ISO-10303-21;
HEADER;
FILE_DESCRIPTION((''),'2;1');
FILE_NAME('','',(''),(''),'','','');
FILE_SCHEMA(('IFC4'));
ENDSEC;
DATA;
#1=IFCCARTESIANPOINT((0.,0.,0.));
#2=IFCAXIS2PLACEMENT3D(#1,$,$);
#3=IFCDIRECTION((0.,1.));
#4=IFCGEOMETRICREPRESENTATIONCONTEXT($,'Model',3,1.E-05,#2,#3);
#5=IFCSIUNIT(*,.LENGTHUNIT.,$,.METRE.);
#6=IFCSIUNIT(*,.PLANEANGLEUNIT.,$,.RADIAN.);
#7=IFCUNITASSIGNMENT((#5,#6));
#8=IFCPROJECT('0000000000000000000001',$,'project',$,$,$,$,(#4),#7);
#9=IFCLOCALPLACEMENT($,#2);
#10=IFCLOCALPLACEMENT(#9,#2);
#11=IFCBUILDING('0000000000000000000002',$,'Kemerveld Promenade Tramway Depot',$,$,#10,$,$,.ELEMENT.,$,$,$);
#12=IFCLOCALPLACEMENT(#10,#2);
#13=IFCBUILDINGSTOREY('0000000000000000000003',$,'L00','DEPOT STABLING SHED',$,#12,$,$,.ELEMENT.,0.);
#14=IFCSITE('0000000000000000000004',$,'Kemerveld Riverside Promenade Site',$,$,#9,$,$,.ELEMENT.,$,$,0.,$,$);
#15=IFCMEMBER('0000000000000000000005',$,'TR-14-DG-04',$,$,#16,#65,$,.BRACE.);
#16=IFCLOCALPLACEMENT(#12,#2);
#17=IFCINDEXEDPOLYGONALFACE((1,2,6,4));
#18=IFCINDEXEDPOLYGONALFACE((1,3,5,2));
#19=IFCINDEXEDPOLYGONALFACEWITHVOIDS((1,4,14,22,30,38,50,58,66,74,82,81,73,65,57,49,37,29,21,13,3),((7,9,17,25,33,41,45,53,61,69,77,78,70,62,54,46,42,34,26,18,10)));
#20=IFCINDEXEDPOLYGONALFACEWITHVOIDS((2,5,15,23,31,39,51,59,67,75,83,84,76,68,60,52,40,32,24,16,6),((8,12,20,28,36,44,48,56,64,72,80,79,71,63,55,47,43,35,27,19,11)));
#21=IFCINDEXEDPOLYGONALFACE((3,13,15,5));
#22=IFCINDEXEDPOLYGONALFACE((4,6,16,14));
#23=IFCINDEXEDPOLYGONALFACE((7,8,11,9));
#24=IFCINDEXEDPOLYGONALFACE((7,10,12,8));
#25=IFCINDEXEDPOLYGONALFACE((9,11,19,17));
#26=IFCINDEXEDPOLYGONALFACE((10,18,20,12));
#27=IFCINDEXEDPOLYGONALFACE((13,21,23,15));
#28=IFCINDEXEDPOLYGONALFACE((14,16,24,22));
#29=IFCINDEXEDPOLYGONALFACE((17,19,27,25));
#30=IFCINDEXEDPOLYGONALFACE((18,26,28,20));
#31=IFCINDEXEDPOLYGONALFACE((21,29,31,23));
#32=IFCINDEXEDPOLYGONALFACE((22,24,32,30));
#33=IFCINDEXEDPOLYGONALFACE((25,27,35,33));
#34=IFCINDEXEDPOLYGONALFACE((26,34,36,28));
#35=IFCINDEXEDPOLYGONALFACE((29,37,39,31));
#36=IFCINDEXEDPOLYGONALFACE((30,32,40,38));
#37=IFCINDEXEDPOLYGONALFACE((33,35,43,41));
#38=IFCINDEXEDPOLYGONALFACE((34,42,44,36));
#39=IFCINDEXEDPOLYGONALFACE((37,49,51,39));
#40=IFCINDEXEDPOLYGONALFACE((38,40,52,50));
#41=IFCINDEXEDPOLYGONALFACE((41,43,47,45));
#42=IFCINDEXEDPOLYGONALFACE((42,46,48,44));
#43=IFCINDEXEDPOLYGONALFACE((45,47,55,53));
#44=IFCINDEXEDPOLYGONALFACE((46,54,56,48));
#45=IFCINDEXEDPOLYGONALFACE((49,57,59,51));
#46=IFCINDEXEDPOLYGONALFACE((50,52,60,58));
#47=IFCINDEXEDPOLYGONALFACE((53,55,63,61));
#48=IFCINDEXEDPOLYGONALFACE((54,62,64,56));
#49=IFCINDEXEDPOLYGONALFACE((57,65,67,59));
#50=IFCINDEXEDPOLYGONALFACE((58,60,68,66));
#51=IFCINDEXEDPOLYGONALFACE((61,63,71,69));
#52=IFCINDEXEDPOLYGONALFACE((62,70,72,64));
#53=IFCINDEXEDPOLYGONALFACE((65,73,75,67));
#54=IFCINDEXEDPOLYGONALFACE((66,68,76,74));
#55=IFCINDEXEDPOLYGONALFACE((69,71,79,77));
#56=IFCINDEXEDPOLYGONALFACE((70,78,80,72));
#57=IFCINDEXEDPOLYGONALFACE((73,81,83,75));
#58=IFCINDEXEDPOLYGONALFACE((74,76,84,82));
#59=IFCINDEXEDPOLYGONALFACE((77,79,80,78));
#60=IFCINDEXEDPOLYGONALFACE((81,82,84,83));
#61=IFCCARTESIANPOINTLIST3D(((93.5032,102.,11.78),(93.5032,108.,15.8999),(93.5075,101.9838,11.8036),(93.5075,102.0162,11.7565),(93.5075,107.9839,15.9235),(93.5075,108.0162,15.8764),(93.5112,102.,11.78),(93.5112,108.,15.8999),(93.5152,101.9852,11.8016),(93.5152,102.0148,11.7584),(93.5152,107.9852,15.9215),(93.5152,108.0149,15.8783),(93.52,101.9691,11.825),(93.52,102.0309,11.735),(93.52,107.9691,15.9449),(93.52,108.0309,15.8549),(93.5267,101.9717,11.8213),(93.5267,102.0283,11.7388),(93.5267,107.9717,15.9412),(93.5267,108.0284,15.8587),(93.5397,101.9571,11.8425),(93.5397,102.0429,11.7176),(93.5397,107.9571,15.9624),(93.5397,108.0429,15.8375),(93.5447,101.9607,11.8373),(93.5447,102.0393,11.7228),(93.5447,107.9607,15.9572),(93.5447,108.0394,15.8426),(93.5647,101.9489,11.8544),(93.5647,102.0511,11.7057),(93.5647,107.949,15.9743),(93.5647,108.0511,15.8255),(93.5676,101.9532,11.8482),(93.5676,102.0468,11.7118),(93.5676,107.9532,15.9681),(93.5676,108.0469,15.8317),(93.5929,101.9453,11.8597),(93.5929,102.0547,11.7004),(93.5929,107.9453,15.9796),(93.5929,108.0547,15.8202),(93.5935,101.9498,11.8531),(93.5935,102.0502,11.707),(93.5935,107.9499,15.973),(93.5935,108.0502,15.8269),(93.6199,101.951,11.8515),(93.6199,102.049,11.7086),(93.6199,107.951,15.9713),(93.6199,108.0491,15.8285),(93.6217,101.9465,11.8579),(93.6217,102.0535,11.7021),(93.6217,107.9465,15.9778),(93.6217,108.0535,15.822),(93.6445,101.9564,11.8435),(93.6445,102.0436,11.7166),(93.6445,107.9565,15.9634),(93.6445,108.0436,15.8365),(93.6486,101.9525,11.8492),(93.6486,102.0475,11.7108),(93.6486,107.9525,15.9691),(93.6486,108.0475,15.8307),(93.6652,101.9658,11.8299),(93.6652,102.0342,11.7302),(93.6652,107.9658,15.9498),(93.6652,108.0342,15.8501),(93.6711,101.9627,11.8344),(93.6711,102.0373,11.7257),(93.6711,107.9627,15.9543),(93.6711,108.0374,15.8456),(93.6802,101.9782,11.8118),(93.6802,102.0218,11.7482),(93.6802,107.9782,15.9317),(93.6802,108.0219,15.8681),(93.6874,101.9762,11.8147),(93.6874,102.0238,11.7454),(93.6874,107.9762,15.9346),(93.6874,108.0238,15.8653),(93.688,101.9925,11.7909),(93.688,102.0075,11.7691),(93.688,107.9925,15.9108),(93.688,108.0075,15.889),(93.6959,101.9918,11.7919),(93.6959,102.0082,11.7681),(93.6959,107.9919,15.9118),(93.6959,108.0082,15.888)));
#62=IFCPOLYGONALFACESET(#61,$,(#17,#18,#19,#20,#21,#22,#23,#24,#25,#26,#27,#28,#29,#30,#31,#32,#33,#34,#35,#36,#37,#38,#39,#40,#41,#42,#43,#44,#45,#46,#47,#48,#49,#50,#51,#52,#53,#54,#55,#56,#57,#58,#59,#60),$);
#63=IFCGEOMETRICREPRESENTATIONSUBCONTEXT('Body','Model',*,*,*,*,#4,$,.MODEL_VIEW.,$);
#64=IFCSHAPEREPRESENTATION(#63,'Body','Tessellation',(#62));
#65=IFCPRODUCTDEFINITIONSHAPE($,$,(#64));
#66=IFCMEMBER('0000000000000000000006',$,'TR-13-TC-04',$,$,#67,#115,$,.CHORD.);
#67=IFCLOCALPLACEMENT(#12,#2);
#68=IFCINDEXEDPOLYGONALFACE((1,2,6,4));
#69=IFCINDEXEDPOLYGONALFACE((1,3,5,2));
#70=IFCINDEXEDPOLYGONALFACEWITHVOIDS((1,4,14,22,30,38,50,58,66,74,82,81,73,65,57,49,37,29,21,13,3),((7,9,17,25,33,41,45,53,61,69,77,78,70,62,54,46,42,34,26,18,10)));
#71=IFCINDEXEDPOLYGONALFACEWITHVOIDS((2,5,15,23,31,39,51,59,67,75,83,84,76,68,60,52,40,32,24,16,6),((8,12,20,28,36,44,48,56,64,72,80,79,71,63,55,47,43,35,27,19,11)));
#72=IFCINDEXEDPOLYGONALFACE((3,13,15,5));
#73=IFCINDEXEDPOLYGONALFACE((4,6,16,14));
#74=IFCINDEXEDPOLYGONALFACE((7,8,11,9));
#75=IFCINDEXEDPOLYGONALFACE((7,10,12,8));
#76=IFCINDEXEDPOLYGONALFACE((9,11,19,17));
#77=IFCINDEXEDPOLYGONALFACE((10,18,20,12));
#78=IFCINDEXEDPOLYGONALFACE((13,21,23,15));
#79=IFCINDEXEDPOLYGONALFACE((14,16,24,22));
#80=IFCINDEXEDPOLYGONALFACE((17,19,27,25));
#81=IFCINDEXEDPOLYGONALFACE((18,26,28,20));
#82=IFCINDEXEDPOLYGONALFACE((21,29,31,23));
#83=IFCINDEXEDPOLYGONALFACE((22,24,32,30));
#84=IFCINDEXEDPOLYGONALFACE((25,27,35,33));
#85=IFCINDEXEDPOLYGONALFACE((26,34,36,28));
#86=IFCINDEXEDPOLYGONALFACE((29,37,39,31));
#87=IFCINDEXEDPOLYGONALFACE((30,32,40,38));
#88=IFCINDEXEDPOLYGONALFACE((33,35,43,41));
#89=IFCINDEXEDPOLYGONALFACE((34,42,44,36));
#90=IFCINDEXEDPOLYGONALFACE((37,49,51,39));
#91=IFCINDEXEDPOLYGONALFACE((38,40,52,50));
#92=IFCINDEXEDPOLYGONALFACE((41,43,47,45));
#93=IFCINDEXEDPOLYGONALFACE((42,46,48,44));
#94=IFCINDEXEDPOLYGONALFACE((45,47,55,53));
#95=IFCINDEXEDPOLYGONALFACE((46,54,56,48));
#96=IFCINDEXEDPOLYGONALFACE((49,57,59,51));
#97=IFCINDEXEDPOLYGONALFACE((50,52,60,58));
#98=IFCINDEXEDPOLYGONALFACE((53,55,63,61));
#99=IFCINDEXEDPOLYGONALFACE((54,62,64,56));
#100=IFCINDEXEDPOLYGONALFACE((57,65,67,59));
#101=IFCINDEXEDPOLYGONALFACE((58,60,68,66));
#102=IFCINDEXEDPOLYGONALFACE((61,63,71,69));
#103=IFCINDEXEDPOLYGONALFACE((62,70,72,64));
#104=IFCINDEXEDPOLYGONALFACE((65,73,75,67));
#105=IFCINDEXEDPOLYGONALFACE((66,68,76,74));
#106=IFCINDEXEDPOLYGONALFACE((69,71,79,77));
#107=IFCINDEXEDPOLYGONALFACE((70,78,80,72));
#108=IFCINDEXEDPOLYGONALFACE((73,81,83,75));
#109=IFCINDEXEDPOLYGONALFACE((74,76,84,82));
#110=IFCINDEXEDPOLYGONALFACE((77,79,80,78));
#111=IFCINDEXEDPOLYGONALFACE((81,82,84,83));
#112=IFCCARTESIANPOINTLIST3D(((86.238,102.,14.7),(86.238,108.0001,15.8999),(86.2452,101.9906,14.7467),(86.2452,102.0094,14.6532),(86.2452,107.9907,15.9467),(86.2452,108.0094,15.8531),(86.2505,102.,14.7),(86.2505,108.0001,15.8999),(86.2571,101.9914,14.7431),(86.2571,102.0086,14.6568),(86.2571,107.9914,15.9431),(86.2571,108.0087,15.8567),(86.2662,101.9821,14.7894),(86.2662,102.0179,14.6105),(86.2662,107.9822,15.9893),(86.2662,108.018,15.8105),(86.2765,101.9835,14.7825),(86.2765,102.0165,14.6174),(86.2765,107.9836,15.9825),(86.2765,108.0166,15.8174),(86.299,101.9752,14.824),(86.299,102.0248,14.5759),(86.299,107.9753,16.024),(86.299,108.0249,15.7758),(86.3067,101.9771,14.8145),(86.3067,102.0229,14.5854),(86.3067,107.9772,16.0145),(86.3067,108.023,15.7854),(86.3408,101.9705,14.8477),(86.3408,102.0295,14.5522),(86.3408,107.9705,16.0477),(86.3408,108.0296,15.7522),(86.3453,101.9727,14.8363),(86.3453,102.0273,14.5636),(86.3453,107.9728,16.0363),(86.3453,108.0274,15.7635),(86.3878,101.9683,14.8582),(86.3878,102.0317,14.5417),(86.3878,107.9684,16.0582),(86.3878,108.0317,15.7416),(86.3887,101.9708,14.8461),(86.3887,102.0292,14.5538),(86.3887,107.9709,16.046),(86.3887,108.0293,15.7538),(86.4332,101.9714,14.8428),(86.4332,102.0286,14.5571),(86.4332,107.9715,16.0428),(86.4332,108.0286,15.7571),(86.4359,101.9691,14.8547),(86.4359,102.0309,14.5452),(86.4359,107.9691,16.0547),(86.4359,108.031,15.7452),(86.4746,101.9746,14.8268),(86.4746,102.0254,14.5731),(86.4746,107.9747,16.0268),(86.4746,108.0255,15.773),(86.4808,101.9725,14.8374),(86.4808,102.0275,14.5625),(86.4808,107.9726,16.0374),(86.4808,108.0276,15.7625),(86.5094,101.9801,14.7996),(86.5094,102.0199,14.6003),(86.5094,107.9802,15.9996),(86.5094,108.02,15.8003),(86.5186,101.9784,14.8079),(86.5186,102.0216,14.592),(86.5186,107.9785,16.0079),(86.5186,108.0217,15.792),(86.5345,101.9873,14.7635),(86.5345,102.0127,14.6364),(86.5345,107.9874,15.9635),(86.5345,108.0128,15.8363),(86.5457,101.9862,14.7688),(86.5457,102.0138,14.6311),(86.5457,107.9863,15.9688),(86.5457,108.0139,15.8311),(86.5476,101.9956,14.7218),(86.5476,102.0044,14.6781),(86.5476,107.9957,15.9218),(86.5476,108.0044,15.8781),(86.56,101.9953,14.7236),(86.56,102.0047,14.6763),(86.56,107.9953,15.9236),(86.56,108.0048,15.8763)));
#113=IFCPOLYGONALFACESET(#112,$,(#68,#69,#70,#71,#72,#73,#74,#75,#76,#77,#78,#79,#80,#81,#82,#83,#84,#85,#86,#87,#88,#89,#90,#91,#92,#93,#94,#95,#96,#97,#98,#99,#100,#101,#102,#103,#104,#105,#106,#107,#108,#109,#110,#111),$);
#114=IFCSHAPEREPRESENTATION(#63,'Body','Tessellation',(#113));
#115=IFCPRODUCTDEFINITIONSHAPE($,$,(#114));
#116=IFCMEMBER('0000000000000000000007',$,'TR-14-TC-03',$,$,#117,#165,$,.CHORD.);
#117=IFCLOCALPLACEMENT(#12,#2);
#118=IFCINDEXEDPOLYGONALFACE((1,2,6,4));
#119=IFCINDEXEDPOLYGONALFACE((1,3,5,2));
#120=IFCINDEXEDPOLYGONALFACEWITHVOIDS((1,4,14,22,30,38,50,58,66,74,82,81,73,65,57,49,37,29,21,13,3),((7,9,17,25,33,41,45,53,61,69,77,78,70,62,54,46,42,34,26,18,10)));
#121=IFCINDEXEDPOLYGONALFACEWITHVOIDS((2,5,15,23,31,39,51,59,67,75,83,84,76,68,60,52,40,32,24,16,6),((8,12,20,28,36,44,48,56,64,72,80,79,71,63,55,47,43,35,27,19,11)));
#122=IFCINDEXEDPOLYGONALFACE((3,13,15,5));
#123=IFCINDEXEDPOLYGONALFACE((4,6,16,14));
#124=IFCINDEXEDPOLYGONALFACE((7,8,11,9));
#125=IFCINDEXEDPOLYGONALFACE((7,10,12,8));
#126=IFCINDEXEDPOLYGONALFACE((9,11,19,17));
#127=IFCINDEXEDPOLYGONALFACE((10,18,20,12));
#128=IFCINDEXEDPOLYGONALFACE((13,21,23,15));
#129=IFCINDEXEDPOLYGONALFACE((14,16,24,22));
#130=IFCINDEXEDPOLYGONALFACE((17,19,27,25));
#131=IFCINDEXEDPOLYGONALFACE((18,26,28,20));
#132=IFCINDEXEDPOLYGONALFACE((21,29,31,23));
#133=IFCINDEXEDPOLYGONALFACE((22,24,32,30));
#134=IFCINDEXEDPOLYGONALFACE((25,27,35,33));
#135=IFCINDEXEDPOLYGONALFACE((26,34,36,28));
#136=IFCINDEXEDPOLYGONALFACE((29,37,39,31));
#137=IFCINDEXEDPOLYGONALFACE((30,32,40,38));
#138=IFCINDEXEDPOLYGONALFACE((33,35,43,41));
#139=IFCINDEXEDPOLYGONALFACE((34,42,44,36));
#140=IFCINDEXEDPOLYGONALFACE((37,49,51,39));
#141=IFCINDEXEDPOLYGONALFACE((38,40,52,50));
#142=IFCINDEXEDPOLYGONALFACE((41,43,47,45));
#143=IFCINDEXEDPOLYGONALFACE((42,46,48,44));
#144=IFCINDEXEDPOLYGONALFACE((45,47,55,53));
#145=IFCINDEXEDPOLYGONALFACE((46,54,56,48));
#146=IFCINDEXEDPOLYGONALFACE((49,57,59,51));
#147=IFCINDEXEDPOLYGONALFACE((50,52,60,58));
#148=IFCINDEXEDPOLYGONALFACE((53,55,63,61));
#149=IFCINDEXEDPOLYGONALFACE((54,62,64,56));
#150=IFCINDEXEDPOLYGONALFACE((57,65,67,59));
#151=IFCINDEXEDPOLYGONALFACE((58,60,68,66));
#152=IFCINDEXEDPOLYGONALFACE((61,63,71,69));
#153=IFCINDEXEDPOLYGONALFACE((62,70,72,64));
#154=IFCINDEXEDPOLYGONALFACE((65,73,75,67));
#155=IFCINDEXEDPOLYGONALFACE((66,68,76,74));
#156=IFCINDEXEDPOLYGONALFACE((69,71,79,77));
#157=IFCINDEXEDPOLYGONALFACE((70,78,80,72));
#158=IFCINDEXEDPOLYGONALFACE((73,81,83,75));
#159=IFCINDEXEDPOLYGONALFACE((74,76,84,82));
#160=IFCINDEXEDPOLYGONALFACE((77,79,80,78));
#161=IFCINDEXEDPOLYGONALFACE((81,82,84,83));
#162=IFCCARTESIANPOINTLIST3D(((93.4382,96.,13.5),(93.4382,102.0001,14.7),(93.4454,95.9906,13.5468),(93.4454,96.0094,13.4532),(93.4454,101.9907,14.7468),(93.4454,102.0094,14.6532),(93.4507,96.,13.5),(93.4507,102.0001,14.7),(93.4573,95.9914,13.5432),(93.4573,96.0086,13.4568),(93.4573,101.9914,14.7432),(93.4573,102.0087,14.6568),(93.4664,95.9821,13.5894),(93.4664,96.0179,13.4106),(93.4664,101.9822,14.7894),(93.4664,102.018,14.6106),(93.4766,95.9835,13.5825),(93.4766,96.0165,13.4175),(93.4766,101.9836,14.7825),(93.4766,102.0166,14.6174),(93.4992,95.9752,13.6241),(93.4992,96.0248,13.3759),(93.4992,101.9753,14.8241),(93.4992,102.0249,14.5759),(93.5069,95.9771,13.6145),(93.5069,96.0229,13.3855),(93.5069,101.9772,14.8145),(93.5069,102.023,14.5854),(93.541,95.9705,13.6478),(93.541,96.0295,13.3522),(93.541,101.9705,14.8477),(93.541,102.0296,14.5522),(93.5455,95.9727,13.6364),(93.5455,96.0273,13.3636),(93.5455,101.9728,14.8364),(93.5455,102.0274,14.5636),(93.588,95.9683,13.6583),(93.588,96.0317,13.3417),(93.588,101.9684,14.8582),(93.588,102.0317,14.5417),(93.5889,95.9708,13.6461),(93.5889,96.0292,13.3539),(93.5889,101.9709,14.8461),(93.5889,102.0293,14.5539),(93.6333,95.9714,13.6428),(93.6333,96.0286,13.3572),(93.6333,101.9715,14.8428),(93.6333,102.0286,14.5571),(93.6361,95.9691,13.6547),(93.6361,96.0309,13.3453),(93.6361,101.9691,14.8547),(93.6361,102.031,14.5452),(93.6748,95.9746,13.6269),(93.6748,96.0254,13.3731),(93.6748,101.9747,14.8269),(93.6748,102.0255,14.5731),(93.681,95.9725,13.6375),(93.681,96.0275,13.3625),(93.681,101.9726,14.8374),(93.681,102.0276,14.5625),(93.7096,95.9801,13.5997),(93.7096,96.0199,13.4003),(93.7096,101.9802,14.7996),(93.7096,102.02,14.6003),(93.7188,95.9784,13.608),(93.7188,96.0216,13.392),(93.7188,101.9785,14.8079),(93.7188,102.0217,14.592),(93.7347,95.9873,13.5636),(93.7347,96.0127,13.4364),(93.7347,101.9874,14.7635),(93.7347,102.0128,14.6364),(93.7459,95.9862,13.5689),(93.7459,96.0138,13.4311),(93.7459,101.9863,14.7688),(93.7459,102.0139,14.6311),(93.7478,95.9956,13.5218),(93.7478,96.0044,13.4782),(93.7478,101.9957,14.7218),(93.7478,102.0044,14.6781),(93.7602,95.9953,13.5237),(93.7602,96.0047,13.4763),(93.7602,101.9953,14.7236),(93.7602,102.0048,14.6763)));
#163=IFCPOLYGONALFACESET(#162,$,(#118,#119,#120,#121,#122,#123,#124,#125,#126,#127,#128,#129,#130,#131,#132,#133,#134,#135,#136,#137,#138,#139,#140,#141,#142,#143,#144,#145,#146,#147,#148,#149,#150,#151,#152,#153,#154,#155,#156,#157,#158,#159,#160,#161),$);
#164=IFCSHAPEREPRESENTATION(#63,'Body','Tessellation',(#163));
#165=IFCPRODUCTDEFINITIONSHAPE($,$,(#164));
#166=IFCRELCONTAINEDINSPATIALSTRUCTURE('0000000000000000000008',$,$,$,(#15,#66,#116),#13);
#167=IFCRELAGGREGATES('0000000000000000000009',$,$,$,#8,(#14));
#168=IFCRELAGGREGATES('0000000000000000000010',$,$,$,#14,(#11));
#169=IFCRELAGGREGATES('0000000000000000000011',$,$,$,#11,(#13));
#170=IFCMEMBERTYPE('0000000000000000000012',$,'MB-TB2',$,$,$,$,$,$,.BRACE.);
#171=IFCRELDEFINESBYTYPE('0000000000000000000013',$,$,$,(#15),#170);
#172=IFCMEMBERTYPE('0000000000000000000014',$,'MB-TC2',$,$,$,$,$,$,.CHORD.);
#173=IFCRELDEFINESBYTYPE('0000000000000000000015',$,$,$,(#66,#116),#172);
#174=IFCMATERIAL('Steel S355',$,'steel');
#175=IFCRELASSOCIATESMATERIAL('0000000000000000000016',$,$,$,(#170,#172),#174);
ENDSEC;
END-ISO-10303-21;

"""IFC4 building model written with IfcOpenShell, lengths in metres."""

from ifc_helpers import new_model, si_unit, direction, frame, origin, origin_2d, place, context, subcontext, project, spatial, hollow_circle, extrude, material, material_profile, profile_set, type_object, element, save


model = new_model("IFC4")

# Units and contexts
model_context = context("Model", 3, precision=1e-05, world=origin(), true_north=direction((0.0, 1.0)))
body_context = subcontext(model_context, "Body", "Model", "MODEL_VIEW")
ifc_project = project(units=[si_unit("LENGTHUNIT", "METRE"), si_unit("PLANEANGLEUNIT", "RADIAN")], contexts=[model_context])

# Site, building, storey
site_placement = place(None, origin())
site = spatial("IfcSite", under=ifc_project, at=site_placement, Name="Kemerveld Riverside Promenade Site", CompositionType="ELEMENT", RefElevation=0.0)
building_placement = place(site_placement, origin())
building = spatial("IfcBuilding", under=site, at=building_placement, Name="Kemerveld Promenade Tramway Depot", CompositionType="ELEMENT")
storey_placement = place(building_placement, origin())
storey = spatial("IfcBuildingStorey", under=building, at=storey_placement, Name="L00", Description="DEPOT STABLING SHED", CompositionType="ELEMENT", Elevation=0.0)

# Members
ifc_material_1 = material(Name="Steel S355", Category="steel")
ifc_material_profile_1 = material_profile(ifc_material_1, hollow_circle(Radius=0.0969, WallThickness=0.0081, at=origin_2d()), Name="193.7x8.0 CHS")
ifc_profile_set_1 = profile_set([ifc_material_profile_1], Name="Steel S355")
member_type_1 = type_object("IfcMemberType", Name="MB-TB2", PredefinedType="BRACE", material=ifc_profile_set_1)
member_1_placement = place(storey_placement, frame((93.6001, 102.0, 11.78), z_axis=(0.0, 0.824371, 0.56605), x_axis=(-1.0, 0.0, 0.0)))
element("IfcMember", 1, at=member_1_placement, inside=storey, type_object=member_type_1, Name="TR-14-DG-04", PredefinedType="BRACE", context=body_context, shape_type="SweptSolid", body=[
    extrude(hollow_circle(Radius=0.0969, WallThickness=0.0081, at=origin_2d()), origin(), (0.0, 0.0, 1.0), 7.2783),
])
ifc_material_profile_2 = material_profile(ifc_material_1, hollow_circle(Radius=0.1619, WallThickness=0.0125, at=origin_2d()), Name="323.9x12.5 CHS")
ifc_profile_set_2 = profile_set([ifc_material_profile_2], Name="Steel S355")
member_type_2 = type_object("IfcMemberType", Name="MB-TC2", PredefinedType="CHORD", material=ifc_profile_set_2)
for number, where, z_axis, x_axis, name in (
    (2, (86.3999, 102.0, 14.7), (0.0, 0.980582, 0.196108), (-1.0, 0.0, 0.0), "TR-13-TC-04"),
    (3, (93.6001, 96.0, 13.5), (0.0, 0.980582, 0.196108), (-1.0, 0.0, 0.0), "TR-14-TC-03"),
):
    element("IfcMember", number, at=place(storey_placement, frame(where, z_axis=z_axis, x_axis=x_axis)), inside=storey, type_object=member_type_2, Name=name, PredefinedType="CHORD", context=body_context, shape_type="SweptSolid", body=[
        extrude(hollow_circle(Radius=0.1619, WallThickness=0.0125, at=origin_2d()), origin(), (0.0, 0.0, 1.0), 6.1189),
    ])

save(model, "model.ifc")
